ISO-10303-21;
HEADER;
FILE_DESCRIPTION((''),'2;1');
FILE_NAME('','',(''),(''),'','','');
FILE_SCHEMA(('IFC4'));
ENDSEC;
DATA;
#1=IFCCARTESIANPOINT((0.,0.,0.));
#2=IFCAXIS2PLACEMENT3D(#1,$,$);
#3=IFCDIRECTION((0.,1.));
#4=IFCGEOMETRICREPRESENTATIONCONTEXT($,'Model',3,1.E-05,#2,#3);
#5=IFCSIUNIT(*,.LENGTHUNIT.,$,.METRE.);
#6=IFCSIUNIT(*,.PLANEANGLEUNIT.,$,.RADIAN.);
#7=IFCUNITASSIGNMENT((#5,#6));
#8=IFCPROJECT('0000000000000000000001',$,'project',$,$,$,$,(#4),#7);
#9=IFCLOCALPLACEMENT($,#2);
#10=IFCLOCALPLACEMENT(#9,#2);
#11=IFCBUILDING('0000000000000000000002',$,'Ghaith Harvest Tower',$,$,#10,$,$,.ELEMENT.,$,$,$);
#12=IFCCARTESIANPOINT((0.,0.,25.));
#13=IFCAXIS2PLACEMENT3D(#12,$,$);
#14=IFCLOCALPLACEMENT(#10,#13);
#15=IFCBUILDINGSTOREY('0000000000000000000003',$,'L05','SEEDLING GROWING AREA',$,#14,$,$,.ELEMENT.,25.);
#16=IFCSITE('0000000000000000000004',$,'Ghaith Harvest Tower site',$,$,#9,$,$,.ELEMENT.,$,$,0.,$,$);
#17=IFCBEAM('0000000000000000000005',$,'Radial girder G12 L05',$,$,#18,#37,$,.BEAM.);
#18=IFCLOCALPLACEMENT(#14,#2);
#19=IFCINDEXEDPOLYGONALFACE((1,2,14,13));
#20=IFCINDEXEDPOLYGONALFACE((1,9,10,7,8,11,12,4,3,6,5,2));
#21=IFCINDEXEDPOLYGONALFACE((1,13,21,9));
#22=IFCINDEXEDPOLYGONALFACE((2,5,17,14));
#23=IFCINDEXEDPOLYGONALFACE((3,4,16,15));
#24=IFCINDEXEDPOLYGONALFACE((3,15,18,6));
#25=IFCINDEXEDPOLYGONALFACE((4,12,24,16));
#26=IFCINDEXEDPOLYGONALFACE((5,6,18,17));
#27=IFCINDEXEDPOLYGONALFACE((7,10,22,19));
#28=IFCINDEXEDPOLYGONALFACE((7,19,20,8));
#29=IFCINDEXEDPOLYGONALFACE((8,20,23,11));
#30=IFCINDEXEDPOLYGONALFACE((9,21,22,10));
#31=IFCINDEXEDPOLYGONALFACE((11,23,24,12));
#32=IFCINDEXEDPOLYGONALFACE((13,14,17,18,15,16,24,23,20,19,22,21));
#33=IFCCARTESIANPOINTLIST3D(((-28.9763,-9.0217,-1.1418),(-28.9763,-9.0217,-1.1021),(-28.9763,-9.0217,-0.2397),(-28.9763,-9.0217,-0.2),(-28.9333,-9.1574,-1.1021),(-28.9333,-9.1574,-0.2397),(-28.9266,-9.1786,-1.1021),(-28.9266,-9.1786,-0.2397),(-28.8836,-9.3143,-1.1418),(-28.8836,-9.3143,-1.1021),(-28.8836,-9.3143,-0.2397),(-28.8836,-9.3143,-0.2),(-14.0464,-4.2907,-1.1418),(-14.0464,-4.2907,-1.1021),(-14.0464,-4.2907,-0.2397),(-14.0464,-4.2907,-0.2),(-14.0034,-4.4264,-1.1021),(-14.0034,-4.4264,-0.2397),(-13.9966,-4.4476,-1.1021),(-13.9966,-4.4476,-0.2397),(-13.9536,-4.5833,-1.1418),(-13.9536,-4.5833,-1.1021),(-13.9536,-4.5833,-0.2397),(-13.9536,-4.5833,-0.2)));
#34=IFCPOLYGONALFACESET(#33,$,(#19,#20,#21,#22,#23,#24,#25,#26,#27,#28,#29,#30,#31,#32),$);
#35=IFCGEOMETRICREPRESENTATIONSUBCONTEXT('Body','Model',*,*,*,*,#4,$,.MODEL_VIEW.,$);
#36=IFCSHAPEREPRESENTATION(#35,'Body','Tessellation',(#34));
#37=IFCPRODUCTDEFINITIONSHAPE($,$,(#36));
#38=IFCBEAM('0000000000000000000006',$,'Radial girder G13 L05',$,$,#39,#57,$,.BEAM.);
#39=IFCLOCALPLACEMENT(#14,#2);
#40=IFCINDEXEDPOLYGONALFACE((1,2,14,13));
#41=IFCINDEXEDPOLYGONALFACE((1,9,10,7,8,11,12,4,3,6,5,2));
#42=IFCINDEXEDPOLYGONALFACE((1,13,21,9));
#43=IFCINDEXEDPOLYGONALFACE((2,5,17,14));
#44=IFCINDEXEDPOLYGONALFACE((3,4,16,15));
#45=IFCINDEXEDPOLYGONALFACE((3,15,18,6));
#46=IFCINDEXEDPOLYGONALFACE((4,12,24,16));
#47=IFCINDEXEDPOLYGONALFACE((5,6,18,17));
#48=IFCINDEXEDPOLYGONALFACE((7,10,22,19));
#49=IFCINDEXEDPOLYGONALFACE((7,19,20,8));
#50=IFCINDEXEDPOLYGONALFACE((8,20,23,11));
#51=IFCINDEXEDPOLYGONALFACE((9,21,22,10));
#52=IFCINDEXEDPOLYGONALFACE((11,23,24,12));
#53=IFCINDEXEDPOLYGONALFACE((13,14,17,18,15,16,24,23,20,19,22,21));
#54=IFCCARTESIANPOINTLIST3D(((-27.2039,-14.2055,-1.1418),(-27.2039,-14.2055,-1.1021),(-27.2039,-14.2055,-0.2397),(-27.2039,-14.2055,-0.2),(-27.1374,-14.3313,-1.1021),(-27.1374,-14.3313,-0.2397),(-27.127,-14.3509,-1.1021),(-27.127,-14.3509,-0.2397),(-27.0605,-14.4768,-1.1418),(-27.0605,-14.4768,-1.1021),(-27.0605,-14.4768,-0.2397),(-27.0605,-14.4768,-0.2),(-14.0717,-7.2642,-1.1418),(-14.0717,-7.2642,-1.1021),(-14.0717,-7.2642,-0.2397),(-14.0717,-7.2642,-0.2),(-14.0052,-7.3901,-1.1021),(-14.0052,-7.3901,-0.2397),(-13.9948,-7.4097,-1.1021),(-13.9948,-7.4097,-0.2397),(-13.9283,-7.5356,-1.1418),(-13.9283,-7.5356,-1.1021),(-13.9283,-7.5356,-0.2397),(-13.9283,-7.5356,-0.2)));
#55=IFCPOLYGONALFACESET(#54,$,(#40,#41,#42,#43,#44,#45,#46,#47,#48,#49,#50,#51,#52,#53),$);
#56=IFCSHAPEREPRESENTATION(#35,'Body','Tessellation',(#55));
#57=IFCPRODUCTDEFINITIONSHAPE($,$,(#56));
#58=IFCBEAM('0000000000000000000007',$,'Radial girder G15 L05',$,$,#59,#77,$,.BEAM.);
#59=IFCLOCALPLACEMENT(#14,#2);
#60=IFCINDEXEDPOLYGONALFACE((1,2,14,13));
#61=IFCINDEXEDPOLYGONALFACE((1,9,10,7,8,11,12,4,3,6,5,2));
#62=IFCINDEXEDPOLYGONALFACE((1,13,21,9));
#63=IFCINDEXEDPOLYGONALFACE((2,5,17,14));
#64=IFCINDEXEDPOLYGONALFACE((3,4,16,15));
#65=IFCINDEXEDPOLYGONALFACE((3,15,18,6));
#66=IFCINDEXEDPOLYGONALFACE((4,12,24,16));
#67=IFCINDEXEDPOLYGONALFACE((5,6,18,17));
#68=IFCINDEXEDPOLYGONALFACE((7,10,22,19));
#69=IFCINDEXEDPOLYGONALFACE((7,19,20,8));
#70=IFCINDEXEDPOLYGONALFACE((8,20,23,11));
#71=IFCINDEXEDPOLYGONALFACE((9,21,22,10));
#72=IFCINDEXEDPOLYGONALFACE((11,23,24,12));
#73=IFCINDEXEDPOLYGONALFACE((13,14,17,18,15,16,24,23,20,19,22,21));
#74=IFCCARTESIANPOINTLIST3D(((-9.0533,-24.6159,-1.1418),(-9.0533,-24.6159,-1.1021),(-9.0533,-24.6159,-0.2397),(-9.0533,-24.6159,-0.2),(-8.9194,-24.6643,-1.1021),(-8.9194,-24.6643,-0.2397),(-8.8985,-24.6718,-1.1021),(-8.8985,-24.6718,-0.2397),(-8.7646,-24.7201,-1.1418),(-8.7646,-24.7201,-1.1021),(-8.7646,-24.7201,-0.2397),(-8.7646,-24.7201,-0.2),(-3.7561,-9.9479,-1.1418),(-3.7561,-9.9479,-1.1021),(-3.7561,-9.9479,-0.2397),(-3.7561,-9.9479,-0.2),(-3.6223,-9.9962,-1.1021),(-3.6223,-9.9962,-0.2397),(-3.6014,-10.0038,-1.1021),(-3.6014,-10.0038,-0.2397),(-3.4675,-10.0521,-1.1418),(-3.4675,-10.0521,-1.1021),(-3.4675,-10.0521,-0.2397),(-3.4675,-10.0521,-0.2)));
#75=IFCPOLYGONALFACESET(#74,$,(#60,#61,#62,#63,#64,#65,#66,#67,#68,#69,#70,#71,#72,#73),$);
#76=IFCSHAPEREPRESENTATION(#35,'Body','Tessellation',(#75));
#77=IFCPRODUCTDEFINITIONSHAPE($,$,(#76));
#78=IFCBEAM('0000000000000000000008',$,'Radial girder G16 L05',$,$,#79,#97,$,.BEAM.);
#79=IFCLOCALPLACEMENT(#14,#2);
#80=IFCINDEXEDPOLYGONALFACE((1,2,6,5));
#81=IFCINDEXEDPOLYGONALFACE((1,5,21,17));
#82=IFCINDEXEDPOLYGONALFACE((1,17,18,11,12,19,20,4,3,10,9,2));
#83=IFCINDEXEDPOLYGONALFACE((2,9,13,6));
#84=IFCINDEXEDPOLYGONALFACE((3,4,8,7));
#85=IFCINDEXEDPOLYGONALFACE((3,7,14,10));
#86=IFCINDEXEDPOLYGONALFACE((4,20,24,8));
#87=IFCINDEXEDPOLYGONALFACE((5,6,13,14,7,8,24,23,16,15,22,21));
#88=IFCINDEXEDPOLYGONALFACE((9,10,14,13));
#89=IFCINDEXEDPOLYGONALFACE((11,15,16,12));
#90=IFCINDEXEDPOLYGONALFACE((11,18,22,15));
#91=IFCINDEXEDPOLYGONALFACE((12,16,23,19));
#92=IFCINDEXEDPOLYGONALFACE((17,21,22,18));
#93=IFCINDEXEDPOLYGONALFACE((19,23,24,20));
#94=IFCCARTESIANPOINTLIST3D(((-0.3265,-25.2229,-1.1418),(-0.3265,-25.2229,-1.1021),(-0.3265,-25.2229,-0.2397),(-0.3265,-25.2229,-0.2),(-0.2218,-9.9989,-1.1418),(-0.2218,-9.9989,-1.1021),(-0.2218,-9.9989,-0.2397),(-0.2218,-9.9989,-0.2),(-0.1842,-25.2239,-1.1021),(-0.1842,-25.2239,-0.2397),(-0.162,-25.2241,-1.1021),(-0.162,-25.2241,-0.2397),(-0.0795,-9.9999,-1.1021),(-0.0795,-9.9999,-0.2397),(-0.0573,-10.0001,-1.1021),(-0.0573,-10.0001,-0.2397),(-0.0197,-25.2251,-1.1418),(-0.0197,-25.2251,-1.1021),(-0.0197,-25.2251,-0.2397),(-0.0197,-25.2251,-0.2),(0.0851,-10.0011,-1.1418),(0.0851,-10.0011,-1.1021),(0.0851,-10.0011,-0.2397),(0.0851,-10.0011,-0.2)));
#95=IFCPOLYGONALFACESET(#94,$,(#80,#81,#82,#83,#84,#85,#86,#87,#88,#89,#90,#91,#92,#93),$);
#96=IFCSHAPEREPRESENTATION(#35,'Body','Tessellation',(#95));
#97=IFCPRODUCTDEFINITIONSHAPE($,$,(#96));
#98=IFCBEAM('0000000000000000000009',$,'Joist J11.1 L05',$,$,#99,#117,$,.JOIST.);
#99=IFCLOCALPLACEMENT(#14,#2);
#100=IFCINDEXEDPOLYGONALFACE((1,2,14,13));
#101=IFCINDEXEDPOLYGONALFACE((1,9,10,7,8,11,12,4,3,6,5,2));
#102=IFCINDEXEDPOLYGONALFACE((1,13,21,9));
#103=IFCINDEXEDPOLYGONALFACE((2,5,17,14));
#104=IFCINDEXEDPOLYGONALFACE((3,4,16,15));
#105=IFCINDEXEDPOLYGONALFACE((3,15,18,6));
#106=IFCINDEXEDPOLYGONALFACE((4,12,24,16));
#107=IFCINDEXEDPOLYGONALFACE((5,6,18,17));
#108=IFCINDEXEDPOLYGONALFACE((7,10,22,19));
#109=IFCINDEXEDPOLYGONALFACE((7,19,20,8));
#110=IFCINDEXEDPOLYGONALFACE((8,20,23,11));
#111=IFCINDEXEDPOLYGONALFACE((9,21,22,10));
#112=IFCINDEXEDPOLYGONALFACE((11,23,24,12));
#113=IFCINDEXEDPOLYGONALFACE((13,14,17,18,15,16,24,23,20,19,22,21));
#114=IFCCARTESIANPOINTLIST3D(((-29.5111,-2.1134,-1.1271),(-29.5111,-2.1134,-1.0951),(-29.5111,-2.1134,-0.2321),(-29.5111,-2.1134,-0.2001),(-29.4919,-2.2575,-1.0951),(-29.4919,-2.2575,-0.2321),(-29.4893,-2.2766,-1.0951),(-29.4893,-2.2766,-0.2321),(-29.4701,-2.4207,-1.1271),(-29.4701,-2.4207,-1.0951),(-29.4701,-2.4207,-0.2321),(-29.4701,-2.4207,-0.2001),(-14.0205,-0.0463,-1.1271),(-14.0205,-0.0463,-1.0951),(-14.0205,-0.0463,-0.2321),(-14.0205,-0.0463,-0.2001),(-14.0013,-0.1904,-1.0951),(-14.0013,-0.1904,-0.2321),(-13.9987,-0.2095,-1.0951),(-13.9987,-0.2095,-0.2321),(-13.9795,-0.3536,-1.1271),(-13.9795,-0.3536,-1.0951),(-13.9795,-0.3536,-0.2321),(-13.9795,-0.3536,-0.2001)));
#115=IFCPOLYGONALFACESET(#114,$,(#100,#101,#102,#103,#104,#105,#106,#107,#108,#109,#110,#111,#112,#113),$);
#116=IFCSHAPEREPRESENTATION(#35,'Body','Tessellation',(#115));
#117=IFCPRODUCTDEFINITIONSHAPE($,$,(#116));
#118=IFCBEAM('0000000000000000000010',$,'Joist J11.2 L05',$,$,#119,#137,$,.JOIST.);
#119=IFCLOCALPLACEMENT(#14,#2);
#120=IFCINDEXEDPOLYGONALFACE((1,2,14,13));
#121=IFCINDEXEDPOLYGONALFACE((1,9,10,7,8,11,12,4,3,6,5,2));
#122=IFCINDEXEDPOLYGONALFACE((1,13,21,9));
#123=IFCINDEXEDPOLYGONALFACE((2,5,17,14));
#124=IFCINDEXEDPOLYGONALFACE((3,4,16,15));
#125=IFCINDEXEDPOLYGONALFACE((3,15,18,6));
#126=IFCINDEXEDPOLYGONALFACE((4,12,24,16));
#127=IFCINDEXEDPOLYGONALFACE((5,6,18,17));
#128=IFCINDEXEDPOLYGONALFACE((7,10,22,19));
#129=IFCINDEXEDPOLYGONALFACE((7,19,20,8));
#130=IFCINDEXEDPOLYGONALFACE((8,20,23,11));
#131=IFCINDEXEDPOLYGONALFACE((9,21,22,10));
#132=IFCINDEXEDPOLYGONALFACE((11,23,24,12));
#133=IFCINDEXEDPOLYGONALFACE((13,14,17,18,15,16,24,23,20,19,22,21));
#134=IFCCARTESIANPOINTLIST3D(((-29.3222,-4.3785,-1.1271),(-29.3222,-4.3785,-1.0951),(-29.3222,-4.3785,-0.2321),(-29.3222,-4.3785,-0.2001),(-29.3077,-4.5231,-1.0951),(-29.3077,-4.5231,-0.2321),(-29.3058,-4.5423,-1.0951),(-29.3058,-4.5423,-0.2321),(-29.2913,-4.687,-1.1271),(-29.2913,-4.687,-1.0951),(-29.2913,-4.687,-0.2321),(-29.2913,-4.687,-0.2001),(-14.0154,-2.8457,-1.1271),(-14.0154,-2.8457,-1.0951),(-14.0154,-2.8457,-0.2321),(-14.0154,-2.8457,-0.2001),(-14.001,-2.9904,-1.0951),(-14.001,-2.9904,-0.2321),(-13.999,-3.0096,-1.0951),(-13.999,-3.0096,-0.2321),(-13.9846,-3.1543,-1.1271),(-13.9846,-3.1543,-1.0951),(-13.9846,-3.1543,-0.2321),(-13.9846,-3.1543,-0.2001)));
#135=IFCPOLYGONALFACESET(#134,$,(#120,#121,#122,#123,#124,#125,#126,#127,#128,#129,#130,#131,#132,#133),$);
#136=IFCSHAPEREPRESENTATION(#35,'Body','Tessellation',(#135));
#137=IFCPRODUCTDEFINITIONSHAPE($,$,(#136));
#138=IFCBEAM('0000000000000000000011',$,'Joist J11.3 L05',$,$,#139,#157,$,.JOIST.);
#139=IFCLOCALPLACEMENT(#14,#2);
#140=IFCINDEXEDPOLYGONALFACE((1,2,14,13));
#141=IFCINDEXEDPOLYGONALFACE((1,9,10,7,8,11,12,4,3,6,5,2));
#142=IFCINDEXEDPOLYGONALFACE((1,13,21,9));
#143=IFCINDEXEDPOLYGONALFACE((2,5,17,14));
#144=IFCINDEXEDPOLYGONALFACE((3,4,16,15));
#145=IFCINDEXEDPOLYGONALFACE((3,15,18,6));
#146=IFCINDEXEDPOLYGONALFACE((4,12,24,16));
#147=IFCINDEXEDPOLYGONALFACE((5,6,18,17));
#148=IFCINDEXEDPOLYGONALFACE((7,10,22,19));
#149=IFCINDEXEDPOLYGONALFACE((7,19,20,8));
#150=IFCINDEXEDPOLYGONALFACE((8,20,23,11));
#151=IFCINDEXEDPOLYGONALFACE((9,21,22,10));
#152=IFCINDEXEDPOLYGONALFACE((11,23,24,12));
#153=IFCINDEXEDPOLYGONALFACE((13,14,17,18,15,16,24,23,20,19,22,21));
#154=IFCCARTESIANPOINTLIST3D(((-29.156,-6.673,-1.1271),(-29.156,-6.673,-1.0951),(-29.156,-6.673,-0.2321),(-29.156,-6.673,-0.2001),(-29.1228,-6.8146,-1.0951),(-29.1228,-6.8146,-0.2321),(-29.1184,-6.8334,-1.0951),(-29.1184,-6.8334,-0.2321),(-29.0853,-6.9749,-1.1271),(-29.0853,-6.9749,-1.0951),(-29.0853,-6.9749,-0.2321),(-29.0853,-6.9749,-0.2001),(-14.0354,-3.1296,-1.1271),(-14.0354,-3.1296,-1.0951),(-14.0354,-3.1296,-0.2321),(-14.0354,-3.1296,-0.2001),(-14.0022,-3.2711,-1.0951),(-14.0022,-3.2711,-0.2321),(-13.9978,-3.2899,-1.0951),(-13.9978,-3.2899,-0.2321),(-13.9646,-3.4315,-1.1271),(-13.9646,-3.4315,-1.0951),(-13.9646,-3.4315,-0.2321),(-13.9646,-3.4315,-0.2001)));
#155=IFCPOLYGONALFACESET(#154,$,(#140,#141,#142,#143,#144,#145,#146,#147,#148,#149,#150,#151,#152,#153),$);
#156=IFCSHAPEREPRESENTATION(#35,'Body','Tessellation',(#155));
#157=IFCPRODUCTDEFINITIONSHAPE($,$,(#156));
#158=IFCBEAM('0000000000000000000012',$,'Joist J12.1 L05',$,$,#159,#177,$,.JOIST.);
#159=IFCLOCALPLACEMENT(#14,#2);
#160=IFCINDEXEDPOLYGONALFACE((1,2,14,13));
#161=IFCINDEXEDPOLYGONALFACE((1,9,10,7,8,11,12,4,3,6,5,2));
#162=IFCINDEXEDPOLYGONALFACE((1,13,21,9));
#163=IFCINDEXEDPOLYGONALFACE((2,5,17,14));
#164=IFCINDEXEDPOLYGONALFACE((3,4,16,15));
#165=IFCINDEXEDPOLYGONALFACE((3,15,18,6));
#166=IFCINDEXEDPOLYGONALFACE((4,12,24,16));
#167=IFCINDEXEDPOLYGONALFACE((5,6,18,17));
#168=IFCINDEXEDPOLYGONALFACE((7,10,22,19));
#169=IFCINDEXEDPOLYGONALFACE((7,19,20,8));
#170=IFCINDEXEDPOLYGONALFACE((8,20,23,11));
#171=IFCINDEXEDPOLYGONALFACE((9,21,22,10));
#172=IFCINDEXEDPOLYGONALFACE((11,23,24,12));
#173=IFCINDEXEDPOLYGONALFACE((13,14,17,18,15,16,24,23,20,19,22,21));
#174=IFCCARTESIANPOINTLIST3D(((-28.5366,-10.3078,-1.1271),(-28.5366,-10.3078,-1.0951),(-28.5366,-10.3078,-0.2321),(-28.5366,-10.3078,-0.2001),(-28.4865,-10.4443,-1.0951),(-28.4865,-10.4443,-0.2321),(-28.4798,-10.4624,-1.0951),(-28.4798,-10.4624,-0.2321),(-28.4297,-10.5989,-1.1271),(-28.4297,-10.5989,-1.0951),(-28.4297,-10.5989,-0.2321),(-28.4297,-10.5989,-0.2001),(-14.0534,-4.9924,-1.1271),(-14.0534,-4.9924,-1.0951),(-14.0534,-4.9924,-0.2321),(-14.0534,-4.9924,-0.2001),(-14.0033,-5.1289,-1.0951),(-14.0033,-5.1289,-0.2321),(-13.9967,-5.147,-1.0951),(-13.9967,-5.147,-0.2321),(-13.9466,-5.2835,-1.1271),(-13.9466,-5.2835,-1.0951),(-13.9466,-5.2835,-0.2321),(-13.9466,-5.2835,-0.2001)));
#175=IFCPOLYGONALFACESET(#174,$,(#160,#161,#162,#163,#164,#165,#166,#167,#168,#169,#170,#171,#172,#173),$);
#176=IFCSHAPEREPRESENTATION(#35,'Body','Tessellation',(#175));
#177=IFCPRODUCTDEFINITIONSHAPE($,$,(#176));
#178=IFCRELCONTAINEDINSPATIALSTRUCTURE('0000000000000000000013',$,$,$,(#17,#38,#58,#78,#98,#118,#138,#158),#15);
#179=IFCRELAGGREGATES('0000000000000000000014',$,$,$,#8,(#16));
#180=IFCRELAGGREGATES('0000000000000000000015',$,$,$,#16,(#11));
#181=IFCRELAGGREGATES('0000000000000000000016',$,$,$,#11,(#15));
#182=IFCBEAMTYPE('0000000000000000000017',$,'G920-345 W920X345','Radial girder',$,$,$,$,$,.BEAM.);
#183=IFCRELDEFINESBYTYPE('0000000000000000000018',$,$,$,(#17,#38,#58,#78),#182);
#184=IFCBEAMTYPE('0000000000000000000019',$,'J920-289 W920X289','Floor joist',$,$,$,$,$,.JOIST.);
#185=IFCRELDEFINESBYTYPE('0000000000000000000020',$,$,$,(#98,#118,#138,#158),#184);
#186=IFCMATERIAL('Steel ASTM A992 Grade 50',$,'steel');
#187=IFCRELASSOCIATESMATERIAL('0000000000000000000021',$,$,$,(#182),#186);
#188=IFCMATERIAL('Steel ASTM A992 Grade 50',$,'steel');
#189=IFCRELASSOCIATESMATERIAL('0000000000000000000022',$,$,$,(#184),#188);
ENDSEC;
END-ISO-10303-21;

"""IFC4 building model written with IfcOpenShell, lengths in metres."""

from ifc_helpers import new_model, si_unit, direction, frame, origin, origin_2d, place, context, subcontext, project, spatial, i_section, extrude, material, material_profile, profile_set, type_object, element, save


model = new_model("IFC4")

# Units and contexts
model_context = context("Model", 3, precision=1e-05, world=origin(), true_north=direction((0.0, 1.0)))
body_context = subcontext(model_context, "Body", "Model", "MODEL_VIEW")
ifc_project = project(units=[si_unit("LENGTHUNIT", "METRE"), si_unit("PLANEANGLEUNIT", "RADIAN")], contexts=[model_context])

# Site, building, storey
site_placement = place(None, origin())
site = spatial("IfcSite", under=ifc_project, at=site_placement, Name="Ghaith Harvest Tower site", CompositionType="ELEMENT", RefElevation=0.0)
building_placement = place(site_placement, origin())
building = spatial("IfcBuilding", under=site, at=building_placement, Name="Ghaith Harvest Tower", CompositionType="ELEMENT")
storey_placement = place(building_placement, frame((0.0, 0.0, 25.0)))
storey = spatial("IfcBuildingStorey", under=building, at=storey_placement, Name="L05", Description="SEEDLING GROWING AREA", CompositionType="ELEMENT", Elevation=25.0)

# Beams
ifc_material_1 = material(Name="Steel ASTM A992 Grade 50", Category="steel")
ifc_material_profile_1 = material_profile(ifc_material_1, i_section(OverallWidth=0.3069, OverallDepth=0.9419, WebThickness=0.0222, FlangeThickness=0.0398, at=origin_2d()), Name="W920X345")
ifc_profile_set_1 = profile_set([ifc_material_profile_1], Name="Steel ASTM A992 Grade 50")
beam_type_1 = type_object("IfcBeamType", Name="G920-345 W920X345", Description="Radial girder", PredefinedType="BEAM", material=ifc_profile_set_1)
beam_1_placement = place(storey_placement, frame((-14.0, -4.437, -0.6709), z_axis=(-0.953284, -0.302074, 0.0), x_axis=(0.302074, -0.953284, 0.0)))
element("IfcBeam", 1, at=beam_1_placement, inside=storey, type_object=beam_type_1, Name="Radial girder G12 L05", PredefinedType="BEAM", context=body_context, shape_type="SweptSolid", body=[
    extrude(i_section(OverallWidth=0.3069, OverallDepth=0.9419, WebThickness=0.0222, FlangeThickness=0.0398, at=origin_2d()), origin(), (0.0, 0.0, 1.0), 15.6616),
])
beam_2_placement = place(storey_placement, frame((-14.0, -7.3999, -0.6709), z_axis=(-0.884097, -0.467303, 0.0), x_axis=(0.467303, -0.884097, 0.0)))
element("IfcBeam", 2, at=beam_2_placement, inside=storey, type_object=beam_type_1, Name="Radial girder G13 L05", PredefinedType="BEAM", context=body_context, shape_type="SweptSolid", body=[
    extrude(i_section(OverallWidth=0.3069, OverallDepth=0.9419, WebThickness=0.0222, FlangeThickness=0.0398, at=origin_2d()), origin(), (0.0, 0.0, 1.0), 14.8538),
])
beam_3_placement = place(storey_placement, frame((-3.6118, -10.0, -0.6709), z_axis=(-0.339664, -0.940547, 0.0), x_axis=(0.940547, -0.339664, 0.0)))
element("IfcBeam", 3, at=beam_3_placement, inside=storey, type_object=beam_type_1, Name="Radial girder G15 L05", PredefinedType="BEAM", context=body_context, shape_type="SweptSolid", body=[
    extrude(i_section(OverallWidth=0.3069, OverallDepth=0.9419, WebThickness=0.0222, FlangeThickness=0.0398, at=origin_2d()), origin(), (0.0, 0.0, 1.0), 15.5952),
])
beam_4_placement = place(storey_placement, frame((-0.0684, -10.0, -0.6709), z_axis=(-0.006879, -0.999976, 0.0), x_axis=(0.999976, -0.006879, 0.0)))
element("IfcBeam", 4, at=beam_4_placement, inside=storey, type_object=beam_type_1, Name="Radial girder G16 L05", PredefinedType="BEAM", context=body_context, shape_type="SweptSolid", body=[
    extrude(i_section(OverallWidth=0.3069, OverallDepth=0.9419, WebThickness=0.0222, FlangeThickness=0.0398, at=origin_2d()), origin(), (0.0, 0.0, 1.0), 15.2244),
])
ifc_material_2 = material(Name="Steel ASTM A992 Grade 50", Category="steel")
ifc_material_profile_2 = material_profile(ifc_material_2, i_section(OverallWidth=0.3101, OverallDepth=0.927, WebThickness=0.0193, FlangeThickness=0.032, at=origin_2d()), Name="W920X289")
ifc_profile_set_2 = profile_set([ifc_material_profile_2], Name="Steel ASTM A992 Grade 50")
beam_type_2 = type_object("IfcBeamType", Name="J920-289 W920X289", Description="Floor joist", PredefinedType="JOIST", material=ifc_profile_set_2)
beam_5_placement = place(storey_placement, frame((-14.0, -0.2, -0.6636), z_axis=(-0.991214, -0.132271, 0.0), x_axis=(0.132271, -0.991214, 0.0)))
element("IfcBeam", 5, at=beam_5_placement, inside=storey, type_object=beam_type_2, Name="Joist J11.1 L05", PredefinedType="JOIST", context=body_context, shape_type="SweptSolid", body=[
    extrude(i_section(OverallWidth=0.3101, OverallDepth=0.927, WebThickness=0.0193, FlangeThickness=0.032, at=origin_2d()), origin(), (0.0, 0.0, 1.0), 15.6279),
])
beam_6_placement = place(storey_placement, frame((-14.0, -3.0, -0.6636), z_axis=(-0.995024, -0.099636, 0.0), x_axis=(0.099636, -0.995024, 0.0)))
element("IfcBeam", 6, at=beam_6_placement, inside=storey, type_object=beam_type_2, Name="Joist J11.2 L05", PredefinedType="JOIST", context=body_context, shape_type="SweptSolid", body=[
    extrude(i_section(OverallWidth=0.3101, OverallDepth=0.927, WebThickness=0.0193, FlangeThickness=0.032, at=origin_2d()), origin(), (0.0, 0.0, 1.0), 15.3833),
])
beam_7_placement = place(storey_placement, frame((-14.0, -3.2805, -0.6636), z_axis=(-0.973623, -0.228165, 0.0), x_axis=(0.228165, -0.973623, 0.0)))
element("IfcBeam", 7, at=beam_7_placement, inside=storey, type_object=beam_type_2, Name="Joist J11.3 L05", PredefinedType="JOIST", context=body_context, shape_type="SweptSolid", body=[
    extrude(i_section(OverallWidth=0.3101, OverallDepth=0.927, WebThickness=0.0193, FlangeThickness=0.032, at=origin_2d()), origin(), (0.0, 0.0, 1.0), 15.5303),
])
beam_8_placement = place(storey_placement, frame((-14.0, -5.1379, -0.6636), z_axis=(-0.938773, -0.344537, 0.0), x_axis=(0.344537, -0.938773, 0.0)))
element("IfcBeam", 8, at=beam_8_placement, inside=storey, type_object=beam_type_2, Name="Joist J12.1 L05", PredefinedType="JOIST", context=body_context, shape_type="SweptSolid", body=[
    extrude(i_section(OverallWidth=0.3101, OverallDepth=0.927, WebThickness=0.0193, FlangeThickness=0.032, at=origin_2d()), origin(), (0.0, 0.0, 1.0), 15.4277),
])

save(model, "model.ifc")
